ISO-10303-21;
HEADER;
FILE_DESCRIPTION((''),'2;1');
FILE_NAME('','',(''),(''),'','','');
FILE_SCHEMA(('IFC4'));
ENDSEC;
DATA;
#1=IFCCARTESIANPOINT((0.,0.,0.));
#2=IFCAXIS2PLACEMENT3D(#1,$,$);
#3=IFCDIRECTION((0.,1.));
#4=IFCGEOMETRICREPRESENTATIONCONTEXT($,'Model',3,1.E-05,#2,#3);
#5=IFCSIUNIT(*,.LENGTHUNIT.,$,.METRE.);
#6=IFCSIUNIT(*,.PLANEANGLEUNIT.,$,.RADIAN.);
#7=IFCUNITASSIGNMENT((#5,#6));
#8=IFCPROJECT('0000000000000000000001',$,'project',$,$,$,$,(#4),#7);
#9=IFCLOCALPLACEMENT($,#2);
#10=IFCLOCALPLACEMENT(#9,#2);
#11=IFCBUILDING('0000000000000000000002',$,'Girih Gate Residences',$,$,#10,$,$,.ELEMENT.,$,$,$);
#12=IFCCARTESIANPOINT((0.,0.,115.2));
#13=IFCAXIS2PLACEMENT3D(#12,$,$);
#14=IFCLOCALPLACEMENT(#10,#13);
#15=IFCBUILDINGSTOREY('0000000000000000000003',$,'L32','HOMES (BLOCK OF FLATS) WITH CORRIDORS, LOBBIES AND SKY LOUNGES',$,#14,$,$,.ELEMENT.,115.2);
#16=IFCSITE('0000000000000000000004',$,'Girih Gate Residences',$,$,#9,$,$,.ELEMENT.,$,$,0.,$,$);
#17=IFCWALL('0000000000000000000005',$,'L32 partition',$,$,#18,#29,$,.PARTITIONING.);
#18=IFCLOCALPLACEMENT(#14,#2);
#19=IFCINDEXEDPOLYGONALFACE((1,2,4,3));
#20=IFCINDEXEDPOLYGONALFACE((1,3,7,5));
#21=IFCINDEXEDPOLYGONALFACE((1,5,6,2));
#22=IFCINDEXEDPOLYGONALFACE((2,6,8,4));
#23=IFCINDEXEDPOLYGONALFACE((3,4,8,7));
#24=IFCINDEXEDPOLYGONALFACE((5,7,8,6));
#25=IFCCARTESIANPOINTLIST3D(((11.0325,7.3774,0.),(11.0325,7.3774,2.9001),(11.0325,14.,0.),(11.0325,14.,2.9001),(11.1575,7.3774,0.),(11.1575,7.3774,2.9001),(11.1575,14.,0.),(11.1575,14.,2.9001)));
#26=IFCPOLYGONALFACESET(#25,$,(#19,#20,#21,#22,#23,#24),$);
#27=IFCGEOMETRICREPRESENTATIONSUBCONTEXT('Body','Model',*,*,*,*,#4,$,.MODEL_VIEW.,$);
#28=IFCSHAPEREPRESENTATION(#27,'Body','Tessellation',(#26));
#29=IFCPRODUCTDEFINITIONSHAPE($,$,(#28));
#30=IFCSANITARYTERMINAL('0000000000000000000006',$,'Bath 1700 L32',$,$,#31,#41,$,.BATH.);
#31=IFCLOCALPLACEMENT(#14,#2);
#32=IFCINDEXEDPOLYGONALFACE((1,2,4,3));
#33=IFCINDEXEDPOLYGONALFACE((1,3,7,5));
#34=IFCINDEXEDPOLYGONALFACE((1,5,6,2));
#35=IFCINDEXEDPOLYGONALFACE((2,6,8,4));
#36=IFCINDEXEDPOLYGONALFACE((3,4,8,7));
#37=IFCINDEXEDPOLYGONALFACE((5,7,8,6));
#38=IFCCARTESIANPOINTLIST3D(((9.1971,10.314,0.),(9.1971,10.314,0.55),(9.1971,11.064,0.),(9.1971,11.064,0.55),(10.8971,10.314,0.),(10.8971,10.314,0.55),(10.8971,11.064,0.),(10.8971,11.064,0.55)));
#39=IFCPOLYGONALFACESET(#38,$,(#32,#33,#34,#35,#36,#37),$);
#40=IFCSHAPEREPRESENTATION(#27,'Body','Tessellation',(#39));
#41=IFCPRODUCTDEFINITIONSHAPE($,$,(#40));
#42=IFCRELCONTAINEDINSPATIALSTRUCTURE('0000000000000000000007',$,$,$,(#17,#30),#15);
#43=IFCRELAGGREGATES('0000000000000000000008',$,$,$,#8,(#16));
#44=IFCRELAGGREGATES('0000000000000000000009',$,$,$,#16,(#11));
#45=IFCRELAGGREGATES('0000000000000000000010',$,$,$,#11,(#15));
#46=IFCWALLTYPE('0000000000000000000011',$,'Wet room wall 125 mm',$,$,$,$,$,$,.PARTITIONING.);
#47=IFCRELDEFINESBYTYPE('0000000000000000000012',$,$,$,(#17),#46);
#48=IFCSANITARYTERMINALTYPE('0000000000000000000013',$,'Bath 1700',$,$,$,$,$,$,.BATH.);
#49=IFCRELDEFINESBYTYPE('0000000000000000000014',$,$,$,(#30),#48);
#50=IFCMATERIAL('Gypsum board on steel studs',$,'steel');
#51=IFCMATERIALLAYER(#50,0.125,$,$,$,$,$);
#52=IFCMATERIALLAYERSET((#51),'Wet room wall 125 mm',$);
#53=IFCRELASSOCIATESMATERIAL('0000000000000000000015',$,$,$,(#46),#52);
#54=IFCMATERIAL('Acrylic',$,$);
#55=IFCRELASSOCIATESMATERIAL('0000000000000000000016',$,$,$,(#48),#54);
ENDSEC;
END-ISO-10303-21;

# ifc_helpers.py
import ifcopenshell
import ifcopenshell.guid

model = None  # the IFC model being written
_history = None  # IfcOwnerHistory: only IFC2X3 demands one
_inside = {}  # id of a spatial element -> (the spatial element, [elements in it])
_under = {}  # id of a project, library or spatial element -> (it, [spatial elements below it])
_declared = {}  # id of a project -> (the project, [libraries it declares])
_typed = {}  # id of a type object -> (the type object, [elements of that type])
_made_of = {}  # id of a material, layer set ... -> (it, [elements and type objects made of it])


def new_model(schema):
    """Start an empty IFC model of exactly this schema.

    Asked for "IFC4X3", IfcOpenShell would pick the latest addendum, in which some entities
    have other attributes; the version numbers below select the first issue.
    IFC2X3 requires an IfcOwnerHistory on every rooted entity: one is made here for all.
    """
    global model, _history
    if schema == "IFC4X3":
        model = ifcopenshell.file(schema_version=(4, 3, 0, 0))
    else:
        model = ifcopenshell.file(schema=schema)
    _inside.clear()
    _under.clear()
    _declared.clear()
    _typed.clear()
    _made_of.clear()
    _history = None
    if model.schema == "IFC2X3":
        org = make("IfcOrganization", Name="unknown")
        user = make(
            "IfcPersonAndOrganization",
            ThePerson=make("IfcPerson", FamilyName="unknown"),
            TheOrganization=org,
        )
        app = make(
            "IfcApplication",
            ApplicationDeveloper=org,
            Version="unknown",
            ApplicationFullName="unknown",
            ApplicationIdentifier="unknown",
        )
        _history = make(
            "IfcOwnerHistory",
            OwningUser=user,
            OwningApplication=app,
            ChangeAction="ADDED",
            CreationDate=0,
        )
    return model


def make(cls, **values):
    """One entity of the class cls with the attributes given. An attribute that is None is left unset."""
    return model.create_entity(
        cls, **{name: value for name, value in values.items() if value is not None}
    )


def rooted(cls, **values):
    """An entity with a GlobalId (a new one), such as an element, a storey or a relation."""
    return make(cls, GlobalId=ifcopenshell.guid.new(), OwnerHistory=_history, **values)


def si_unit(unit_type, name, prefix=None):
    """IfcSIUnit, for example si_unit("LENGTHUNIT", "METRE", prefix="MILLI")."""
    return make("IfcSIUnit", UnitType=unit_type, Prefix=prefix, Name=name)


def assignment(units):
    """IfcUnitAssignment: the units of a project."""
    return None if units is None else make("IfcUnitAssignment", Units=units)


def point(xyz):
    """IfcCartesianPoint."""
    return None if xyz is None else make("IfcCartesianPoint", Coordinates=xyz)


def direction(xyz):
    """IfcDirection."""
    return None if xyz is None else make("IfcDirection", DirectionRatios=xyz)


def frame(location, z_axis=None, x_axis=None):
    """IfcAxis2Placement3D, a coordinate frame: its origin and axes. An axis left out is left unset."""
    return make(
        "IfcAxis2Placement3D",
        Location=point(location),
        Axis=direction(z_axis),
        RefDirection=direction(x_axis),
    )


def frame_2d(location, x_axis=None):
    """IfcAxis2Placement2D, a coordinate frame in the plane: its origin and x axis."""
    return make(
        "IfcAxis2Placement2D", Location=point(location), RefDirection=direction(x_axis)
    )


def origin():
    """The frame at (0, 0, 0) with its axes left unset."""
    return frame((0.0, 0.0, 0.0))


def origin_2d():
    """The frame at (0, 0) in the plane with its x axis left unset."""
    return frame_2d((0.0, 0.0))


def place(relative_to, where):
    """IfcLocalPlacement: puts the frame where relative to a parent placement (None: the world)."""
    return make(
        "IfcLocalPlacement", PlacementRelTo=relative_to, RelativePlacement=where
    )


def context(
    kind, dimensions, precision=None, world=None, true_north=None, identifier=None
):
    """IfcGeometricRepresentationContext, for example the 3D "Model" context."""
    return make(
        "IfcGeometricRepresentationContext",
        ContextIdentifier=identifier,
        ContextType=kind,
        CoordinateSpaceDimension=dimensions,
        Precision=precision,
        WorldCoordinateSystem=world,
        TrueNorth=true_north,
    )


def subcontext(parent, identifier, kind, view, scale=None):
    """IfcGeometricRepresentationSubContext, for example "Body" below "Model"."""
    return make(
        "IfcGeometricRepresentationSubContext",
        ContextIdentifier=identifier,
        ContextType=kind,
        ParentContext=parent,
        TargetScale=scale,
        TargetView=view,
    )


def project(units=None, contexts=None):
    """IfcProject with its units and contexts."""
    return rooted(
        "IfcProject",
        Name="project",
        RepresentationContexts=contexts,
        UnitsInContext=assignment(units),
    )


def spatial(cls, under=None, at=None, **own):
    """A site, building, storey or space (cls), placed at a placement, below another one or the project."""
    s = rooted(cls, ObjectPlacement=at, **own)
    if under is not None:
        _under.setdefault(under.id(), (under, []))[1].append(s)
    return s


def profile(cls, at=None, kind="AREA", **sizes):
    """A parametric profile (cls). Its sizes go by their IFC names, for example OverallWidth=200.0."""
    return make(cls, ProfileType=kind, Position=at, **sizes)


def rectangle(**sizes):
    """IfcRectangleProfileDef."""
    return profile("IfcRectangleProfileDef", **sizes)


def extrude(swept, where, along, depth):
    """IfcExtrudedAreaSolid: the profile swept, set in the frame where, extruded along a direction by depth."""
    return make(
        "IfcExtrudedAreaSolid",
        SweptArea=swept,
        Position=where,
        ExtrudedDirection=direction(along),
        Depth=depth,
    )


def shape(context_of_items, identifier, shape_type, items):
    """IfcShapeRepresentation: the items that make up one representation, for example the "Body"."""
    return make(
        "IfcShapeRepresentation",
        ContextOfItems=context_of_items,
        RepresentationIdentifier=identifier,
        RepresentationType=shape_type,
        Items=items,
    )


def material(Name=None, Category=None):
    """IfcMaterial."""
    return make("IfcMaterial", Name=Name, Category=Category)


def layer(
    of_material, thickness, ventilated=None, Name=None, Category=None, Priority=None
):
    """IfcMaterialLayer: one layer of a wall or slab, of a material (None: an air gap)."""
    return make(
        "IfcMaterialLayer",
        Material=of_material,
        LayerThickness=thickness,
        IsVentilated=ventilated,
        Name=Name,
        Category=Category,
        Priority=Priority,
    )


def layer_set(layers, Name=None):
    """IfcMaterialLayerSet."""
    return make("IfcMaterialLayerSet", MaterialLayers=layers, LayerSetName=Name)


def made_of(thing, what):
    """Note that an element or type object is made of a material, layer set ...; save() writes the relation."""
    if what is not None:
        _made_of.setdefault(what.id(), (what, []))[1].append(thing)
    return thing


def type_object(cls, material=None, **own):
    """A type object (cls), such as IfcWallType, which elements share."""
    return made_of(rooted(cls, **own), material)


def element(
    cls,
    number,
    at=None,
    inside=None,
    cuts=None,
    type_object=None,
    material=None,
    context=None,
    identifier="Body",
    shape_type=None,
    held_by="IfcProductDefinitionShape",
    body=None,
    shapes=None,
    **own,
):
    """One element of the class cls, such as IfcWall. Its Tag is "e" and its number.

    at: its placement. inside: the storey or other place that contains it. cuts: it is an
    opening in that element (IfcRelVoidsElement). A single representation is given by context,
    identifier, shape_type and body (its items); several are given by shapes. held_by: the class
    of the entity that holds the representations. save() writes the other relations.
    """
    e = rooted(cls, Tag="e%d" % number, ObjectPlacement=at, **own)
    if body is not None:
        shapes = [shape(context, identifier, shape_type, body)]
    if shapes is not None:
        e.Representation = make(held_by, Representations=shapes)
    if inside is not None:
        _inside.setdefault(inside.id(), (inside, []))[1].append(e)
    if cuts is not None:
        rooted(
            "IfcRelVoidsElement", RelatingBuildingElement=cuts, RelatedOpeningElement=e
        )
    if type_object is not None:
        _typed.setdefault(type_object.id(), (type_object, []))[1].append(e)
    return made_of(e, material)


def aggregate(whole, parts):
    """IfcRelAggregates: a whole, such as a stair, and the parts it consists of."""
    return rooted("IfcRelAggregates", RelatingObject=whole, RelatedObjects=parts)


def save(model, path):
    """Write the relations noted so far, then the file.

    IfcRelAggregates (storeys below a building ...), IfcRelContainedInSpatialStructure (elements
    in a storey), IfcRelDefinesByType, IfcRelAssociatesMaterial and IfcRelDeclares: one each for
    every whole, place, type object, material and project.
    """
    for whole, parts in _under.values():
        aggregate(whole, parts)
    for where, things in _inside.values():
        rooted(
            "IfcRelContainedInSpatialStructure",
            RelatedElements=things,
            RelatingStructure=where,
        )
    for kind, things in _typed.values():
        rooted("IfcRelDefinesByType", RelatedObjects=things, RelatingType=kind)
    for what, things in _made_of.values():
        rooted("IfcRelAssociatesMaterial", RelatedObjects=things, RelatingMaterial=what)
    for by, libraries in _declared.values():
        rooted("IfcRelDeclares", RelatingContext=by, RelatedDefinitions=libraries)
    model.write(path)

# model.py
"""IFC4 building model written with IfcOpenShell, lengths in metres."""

from ifc_helpers import new_model, si_unit, direction, frame, frame_2d, origin, origin_2d, place, context, subcontext, project, spatial, rectangle, extrude, material, layer, layer_set, type_object, element, save


model = new_model("IFC4")

# Units and contexts
model_context = context("Model", 3, precision=1e-05, world=origin(), true_north=direction((0.0, 1.0)))
body_context = subcontext(model_context, "Body", "Model", "MODEL_VIEW")
ifc_project = project(units=[si_unit("LENGTHUNIT", "METRE"), si_unit("PLANEANGLEUNIT", "RADIAN")], contexts=[model_context])

# Site, building, storey
site_placement = place(None, origin())
site = spatial("IfcSite", under=ifc_project, at=site_placement, Name="Girih Gate Residences", CompositionType="ELEMENT", RefElevation=0.0)
building_placement = place(site_placement, origin())
building = spatial("IfcBuilding", under=site, at=building_placement, Name="Girih Gate Residences", CompositionType="ELEMENT")
storey_placement = place(building_placement, frame((0.0, 0.0, 115.2)))
storey = spatial("IfcBuildingStorey", under=building, at=storey_placement, Name="L32", Description="HOMES (BLOCK OF FLATS) WITH CORRIDORS, LOBBIES AND SKY LOUNGES", CompositionType="ELEMENT", Elevation=115.2)

# Shared definitions
ifc_material_1 = material(Name="Gypsum board on steel studs", Category="steel")

# Wall
ifc_layer_1 = layer(ifc_material_1, 0.125)
ifc_layer_set_1 = layer_set([ifc_layer_1], Name="Wet room wall 125 mm")
wall_type_1 = type_object("IfcWallType", Name="Wet room wall 125 mm", PredefinedType="PARTITIONING", material=ifc_layer_set_1)
wall_1_placement = place(storey_placement, frame((11.095, 7.3774, 0.0), z_axis=(0.0, 0.0, 1.0), x_axis=(0.0, 1.0, 0.0)))
element("IfcWall", 1, at=wall_1_placement, inside=storey, type_object=wall_type_1, Name="L32 partition", PredefinedType="PARTITIONING", context=body_context, shape_type="SweptSolid", body=[
    extrude(rectangle(XDim=6.6226, YDim=0.125, at=frame_2d((3.3113, 0.0))), origin(), (0.0, 0.0, 1.0), 2.9001),
])

# Sanitary terminal
ifc_material_2 = material(Name="Acrylic")
sanitary_terminal_type = type_object("IfcSanitaryTerminalType", Name="Bath 1700", PredefinedType="BATH", material=ifc_material_2)
sanitary_terminal_placement = place(storey_placement, frame((10.0471, 10.689, 0.0), z_axis=(0.0, 0.0, 1.0), x_axis=(1.0, 0.0, 0.0)))
element("IfcSanitaryTerminal", 2, at=sanitary_terminal_placement, inside=storey, type_object=sanitary_terminal_type, Name="Bath 1700 L32", PredefinedType="BATH", context=body_context, shape_type="SweptSolid", body=[
    extrude(rectangle(XDim=1.7, YDim=0.75, at=origin_2d()), origin(), (0.0, 0.0, 1.0), 0.55),
])

save(model, "model.ifc")
